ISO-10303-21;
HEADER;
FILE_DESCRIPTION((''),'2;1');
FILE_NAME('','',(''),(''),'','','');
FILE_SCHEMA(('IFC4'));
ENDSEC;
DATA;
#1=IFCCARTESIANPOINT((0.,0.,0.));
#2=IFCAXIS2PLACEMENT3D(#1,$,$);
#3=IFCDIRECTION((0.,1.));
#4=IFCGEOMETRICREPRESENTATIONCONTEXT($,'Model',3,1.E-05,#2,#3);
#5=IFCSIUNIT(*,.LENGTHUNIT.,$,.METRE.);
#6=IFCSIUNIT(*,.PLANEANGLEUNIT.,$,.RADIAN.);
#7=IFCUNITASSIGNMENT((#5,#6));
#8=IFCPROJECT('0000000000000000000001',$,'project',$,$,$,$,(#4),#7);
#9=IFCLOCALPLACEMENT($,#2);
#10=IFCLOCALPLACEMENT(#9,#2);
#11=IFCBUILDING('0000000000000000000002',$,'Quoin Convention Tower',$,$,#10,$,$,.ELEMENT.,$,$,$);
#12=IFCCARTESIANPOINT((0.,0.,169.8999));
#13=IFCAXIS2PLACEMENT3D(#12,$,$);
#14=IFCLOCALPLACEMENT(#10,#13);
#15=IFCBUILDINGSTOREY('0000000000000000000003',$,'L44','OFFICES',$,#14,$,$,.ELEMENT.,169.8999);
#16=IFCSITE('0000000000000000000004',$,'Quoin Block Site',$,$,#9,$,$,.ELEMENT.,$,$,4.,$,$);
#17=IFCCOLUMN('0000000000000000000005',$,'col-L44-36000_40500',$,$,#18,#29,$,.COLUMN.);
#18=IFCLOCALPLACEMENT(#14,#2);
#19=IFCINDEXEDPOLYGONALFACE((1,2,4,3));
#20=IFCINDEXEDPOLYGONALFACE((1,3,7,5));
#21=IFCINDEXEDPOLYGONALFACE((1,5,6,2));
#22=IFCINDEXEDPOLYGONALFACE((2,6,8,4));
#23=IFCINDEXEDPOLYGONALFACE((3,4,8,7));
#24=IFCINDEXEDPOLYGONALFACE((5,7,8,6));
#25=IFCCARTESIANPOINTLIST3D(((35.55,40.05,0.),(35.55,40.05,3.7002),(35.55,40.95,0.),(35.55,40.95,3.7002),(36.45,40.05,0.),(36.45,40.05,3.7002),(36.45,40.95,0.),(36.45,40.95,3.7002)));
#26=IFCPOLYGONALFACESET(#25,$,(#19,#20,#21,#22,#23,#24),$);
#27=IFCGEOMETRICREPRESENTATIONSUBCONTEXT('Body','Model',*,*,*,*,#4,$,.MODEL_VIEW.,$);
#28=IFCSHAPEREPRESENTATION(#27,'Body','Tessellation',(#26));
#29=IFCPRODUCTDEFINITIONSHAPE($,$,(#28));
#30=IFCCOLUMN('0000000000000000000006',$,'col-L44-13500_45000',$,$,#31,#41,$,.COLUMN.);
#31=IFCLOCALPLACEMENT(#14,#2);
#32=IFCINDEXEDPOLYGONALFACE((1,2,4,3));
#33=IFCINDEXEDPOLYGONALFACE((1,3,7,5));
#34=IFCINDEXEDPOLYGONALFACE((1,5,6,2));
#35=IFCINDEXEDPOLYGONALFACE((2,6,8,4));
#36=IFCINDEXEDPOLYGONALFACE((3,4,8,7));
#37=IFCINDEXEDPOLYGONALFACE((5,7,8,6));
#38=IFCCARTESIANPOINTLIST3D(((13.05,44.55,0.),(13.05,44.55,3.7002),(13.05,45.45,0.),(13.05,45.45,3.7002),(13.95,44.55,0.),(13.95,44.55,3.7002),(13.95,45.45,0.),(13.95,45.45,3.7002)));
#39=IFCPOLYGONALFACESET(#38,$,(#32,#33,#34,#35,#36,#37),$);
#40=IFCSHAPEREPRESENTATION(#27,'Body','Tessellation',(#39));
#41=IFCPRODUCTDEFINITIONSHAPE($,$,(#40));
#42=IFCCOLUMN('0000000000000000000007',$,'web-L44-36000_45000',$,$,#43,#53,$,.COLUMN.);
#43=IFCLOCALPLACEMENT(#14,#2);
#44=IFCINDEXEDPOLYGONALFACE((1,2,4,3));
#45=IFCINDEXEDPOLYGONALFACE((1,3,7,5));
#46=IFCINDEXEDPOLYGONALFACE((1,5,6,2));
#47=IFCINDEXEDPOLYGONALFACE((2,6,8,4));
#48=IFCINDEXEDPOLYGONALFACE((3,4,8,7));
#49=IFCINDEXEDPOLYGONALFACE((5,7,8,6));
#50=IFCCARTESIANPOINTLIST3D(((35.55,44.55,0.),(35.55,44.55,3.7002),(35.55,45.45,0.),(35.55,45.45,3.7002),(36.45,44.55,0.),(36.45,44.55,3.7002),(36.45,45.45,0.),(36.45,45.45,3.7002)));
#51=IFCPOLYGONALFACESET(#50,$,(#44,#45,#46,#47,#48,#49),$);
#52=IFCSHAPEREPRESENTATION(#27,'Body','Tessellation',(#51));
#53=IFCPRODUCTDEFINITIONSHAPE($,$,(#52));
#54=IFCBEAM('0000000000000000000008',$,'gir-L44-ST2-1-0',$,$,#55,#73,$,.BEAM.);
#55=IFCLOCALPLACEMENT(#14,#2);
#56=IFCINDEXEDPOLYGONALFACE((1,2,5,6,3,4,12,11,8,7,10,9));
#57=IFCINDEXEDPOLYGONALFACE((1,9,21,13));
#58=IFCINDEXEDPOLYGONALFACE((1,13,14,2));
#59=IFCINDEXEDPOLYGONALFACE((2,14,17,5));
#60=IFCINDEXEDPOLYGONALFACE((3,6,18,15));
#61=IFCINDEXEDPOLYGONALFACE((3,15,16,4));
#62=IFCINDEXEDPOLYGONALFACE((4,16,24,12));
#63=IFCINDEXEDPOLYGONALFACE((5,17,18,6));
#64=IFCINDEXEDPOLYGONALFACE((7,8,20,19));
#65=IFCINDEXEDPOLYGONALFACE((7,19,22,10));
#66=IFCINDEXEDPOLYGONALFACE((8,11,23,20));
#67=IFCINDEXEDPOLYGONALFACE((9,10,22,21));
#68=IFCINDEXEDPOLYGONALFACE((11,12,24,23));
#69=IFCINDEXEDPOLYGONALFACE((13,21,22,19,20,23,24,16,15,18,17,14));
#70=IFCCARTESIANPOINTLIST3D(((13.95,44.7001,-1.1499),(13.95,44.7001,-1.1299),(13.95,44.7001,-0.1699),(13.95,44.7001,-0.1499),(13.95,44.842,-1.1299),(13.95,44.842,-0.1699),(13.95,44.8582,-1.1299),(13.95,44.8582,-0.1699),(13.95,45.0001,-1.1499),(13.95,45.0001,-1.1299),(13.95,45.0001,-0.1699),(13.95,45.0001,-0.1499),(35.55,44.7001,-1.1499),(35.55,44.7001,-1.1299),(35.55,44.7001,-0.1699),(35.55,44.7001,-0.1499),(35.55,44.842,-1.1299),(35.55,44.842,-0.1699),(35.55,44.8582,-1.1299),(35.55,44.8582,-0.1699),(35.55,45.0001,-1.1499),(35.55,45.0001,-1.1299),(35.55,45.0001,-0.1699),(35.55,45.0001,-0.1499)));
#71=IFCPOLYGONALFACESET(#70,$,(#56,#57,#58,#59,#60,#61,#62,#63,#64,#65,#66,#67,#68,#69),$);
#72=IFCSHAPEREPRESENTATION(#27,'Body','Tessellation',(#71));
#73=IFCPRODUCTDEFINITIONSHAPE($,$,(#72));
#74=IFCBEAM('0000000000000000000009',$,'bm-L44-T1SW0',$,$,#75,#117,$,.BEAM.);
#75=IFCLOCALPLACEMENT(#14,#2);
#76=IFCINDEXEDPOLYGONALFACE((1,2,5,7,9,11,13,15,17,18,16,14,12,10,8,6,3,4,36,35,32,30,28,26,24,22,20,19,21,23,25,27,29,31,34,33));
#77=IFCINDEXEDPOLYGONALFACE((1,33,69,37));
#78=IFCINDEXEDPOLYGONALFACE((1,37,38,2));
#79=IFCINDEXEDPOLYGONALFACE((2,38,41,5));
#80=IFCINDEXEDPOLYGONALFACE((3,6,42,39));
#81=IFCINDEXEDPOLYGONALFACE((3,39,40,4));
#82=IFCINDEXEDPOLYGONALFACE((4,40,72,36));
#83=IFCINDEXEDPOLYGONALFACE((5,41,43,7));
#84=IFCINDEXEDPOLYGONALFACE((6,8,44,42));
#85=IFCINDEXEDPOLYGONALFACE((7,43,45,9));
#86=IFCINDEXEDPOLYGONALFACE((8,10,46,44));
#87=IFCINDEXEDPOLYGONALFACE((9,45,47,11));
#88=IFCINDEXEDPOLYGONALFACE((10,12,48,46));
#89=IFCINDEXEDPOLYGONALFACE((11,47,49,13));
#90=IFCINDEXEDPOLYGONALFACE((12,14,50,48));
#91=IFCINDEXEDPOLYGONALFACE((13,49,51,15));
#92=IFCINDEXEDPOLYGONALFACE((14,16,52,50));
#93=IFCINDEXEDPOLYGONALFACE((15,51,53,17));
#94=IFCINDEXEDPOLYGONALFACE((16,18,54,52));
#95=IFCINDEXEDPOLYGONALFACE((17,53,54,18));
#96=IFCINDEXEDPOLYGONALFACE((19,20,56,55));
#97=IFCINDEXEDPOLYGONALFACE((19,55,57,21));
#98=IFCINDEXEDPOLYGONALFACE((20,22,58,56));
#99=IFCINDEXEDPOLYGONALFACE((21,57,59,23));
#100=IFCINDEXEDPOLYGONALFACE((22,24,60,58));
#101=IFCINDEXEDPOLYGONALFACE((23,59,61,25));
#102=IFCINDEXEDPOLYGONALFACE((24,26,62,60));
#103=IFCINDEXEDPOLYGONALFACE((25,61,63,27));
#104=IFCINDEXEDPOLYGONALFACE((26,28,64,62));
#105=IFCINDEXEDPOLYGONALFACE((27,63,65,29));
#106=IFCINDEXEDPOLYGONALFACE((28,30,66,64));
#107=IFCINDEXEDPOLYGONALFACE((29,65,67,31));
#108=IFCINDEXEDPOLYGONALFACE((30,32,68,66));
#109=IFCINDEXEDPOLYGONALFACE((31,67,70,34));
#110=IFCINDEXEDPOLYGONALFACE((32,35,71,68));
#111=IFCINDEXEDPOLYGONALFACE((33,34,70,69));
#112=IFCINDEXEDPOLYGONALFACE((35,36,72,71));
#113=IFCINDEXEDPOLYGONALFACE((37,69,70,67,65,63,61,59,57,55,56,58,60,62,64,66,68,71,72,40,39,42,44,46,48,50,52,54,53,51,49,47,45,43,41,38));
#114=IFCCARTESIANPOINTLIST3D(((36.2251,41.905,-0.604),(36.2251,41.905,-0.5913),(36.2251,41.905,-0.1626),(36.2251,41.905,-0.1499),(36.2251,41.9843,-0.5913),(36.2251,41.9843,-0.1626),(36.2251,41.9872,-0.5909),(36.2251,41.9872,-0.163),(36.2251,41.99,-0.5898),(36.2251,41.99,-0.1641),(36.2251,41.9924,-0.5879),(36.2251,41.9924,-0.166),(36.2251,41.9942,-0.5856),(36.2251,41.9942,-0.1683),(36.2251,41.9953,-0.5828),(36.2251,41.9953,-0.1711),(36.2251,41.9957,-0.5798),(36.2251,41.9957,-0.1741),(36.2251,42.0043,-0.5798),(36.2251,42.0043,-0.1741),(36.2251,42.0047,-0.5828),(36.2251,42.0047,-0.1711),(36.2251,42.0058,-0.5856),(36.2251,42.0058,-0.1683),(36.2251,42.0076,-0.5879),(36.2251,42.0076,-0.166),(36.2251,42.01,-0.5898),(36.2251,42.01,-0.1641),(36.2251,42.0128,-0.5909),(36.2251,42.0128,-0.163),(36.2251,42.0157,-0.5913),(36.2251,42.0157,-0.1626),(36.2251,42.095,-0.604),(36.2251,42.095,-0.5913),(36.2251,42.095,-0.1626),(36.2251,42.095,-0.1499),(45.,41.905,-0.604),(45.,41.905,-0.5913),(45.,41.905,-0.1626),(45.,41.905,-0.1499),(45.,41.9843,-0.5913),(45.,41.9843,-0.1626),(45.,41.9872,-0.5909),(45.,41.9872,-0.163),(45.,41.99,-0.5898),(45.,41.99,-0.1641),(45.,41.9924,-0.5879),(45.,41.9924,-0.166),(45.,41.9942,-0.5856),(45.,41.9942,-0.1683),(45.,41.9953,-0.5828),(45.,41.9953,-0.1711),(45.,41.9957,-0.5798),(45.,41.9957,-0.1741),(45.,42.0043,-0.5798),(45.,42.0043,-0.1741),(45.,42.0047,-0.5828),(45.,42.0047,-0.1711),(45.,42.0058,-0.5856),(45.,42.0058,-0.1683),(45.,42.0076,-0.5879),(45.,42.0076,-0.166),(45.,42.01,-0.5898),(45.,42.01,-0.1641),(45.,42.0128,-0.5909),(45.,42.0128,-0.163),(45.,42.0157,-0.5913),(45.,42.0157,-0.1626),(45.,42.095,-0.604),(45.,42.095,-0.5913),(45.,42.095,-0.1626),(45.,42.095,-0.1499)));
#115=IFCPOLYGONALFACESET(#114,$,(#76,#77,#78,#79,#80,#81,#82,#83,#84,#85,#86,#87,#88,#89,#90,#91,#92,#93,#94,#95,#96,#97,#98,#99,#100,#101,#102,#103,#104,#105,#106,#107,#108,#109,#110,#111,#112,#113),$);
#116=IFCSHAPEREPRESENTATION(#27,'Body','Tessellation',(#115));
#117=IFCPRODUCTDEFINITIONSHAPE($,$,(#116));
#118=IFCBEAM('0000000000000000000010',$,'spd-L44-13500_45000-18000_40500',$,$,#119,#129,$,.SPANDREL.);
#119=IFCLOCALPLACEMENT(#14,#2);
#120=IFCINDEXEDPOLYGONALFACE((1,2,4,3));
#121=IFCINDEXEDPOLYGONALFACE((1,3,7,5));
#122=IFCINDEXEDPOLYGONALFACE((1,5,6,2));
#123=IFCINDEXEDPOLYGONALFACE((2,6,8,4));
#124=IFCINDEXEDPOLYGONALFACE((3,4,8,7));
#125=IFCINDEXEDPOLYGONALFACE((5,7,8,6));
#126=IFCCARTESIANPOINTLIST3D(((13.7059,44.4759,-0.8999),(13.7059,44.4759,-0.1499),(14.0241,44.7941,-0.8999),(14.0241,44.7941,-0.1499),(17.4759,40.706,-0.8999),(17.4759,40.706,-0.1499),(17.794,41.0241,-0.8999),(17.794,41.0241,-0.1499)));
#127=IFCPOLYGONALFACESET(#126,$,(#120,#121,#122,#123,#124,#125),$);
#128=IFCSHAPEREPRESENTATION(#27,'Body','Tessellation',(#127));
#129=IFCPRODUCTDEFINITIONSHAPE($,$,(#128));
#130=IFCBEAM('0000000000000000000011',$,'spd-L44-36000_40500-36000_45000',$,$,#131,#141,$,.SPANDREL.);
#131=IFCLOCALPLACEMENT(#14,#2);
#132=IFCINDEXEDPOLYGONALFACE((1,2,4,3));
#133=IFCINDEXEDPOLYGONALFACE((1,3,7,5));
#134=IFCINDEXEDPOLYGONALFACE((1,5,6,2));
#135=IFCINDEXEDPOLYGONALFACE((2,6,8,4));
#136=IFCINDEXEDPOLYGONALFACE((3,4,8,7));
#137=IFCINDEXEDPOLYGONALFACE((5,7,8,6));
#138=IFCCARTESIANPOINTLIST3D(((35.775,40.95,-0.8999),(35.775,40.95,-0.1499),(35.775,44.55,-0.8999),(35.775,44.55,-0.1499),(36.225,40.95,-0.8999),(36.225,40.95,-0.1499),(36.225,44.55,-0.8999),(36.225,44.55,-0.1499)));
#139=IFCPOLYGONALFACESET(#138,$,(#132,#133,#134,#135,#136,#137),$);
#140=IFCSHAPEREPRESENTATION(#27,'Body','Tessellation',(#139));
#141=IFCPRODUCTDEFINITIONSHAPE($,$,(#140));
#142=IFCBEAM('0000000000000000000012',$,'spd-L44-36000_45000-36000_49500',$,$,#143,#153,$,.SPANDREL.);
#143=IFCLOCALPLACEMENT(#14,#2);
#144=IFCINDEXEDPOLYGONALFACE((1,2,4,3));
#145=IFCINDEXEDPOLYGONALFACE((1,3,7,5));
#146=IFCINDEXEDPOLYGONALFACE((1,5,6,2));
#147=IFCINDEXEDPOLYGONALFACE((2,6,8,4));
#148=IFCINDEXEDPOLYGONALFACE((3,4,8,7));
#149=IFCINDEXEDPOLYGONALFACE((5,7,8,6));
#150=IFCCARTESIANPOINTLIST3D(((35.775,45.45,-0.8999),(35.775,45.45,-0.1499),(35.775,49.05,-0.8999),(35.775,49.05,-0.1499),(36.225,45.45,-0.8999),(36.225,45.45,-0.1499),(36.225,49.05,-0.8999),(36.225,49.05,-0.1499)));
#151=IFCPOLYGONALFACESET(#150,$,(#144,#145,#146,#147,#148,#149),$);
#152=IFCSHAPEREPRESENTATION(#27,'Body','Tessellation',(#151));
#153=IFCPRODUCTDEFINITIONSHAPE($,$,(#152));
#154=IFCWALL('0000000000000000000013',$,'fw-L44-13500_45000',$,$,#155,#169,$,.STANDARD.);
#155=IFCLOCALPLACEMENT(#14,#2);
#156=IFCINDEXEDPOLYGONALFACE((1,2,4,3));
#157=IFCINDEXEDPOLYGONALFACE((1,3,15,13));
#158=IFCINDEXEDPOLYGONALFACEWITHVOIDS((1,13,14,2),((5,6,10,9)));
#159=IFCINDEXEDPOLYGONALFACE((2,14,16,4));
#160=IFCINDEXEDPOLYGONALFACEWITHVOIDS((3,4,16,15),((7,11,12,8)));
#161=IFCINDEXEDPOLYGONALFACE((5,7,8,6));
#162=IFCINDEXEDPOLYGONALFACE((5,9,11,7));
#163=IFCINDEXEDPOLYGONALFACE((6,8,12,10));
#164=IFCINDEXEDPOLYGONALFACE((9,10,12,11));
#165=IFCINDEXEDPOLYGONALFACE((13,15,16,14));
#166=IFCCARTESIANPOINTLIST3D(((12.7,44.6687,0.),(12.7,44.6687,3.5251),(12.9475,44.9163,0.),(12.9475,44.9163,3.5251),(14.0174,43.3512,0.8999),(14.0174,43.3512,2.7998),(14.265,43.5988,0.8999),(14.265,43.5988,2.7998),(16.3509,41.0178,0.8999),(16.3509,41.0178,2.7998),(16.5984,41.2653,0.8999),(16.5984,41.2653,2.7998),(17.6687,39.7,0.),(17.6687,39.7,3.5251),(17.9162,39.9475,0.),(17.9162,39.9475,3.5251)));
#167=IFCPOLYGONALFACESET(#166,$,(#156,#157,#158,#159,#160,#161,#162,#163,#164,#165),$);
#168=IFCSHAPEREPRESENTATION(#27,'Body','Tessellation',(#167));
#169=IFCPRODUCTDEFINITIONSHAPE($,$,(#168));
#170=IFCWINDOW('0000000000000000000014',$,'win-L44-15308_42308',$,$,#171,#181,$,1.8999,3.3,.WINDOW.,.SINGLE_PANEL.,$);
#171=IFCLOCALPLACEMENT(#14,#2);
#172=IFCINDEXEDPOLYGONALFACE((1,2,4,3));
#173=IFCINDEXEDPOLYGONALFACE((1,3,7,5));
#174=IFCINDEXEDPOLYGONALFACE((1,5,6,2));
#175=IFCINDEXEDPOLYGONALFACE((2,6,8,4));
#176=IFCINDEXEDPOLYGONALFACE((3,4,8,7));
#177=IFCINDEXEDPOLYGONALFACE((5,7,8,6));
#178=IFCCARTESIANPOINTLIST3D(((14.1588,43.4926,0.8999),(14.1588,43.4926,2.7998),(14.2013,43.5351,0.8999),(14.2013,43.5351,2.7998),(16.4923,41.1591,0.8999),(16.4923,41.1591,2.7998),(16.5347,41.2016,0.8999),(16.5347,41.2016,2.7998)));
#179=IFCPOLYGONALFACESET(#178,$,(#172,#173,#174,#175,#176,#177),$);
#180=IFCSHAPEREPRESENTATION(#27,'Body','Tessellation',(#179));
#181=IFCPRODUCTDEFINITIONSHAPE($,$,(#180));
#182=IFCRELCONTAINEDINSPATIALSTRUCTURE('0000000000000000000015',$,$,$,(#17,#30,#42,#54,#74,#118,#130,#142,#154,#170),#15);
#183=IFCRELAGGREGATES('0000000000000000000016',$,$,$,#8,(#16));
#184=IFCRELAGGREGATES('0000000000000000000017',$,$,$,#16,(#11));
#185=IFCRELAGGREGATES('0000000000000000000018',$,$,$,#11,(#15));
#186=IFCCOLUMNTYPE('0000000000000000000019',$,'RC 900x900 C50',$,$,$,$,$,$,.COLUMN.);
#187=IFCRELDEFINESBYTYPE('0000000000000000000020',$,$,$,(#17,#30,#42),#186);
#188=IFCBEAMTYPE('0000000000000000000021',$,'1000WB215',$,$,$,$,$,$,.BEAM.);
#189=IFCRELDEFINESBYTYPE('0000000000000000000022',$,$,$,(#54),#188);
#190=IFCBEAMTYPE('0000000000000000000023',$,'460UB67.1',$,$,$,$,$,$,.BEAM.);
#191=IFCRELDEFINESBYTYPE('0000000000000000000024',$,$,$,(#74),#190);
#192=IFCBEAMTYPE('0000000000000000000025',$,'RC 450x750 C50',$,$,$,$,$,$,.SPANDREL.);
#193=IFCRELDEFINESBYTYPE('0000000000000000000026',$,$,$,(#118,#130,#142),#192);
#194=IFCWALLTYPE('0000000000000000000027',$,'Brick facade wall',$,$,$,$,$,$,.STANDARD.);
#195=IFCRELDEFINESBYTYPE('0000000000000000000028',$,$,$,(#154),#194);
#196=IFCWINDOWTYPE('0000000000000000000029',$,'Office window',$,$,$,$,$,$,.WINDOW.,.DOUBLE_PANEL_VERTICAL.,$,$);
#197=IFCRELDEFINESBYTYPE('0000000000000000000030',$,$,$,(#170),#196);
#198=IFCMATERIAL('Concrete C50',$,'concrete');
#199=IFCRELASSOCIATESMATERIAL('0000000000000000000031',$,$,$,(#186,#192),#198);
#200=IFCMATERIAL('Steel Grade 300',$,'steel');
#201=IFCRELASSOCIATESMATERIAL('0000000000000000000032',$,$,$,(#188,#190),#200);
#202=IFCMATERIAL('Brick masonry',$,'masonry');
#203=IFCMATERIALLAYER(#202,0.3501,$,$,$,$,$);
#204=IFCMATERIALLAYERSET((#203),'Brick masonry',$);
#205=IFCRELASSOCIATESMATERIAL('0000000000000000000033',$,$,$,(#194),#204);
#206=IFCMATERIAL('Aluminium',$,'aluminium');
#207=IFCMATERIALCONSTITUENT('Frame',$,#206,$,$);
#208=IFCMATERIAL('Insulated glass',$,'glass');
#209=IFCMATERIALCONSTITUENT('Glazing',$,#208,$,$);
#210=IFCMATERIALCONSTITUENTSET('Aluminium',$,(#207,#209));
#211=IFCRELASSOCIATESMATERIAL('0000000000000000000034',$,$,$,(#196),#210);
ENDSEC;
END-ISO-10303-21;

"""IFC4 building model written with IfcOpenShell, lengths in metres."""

from ifc_helpers import new_model, si_unit, direction, frame, frame_2d, origin, origin_2d, place, context, subcontext, project, spatial, rectangle, i_section, extrude, material, layer, layer_set, constituent, constituent_set, material_profile, profile_set, type_object, element, fill, save


model = new_model("IFC4")

# Units and contexts
model_context = context("Model", 3, precision=1e-05, world=origin(), true_north=direction((0.0, 1.0)))
body_context = subcontext(model_context, "Body", "Model", "MODEL_VIEW")
ifc_project = project(units=[si_unit("LENGTHUNIT", "METRE"), si_unit("PLANEANGLEUNIT", "RADIAN")], contexts=[model_context])

# Site, building, storey
site_placement = place(None, origin())
site = spatial("IfcSite", under=ifc_project, at=site_placement, Name="Quoin Block Site", CompositionType="ELEMENT", RefElevation=4.0)
building_placement = place(site_placement, origin())
building = spatial("IfcBuilding", under=site, at=building_placement, Name="Quoin Convention Tower", CompositionType="ELEMENT")
storey_placement = place(building_placement, frame((0.0, 0.0, 169.8999)))
storey = spatial("IfcBuildingStorey", under=building, at=storey_placement, Name="L44", Description="OFFICES", CompositionType="ELEMENT", Elevation=169.8999)

# Columns
ifc_material_1 = material(Name="Concrete C50", Category="concrete")
ifc_material_profile_1 = material_profile(ifc_material_1, rectangle(XDim=0.8999, YDim=0.8999, at=origin_2d()), Name="RC 900x900")
ifc_profile_set_1 = profile_set([ifc_material_profile_1], Name="Concrete C50")
column_type = type_object("IfcColumnType", Name="RC 900x900 C50", PredefinedType="COLUMN", material=ifc_profile_set_1)
for number, where, z_axis, x_axis, name in (
    (1, (36.0, 40.5, 0.0), (0.0, 0.0, 1.0), (1.0, 0.0, 0.0), "col-L44-36000_40500"),
    (2, (13.5, 45.0, 0.0), (0.0, 0.0, 1.0), (1.0, 0.0, 0.0), "col-L44-13500_45000"),
    (3, (36.0, 45.0, 0.0), (0.0, 0.0, 1.0), (1.0, 0.0, 0.0), "web-L44-36000_45000"),
):
    element("IfcColumn", number, at=place(storey_placement, frame(where, z_axis=z_axis, x_axis=x_axis)), inside=storey, type_object=column_type, Name=name, PredefinedType="COLUMN", context=body_context, shape_type="SweptSolid", body=[
        extrude(rectangle(XDim=0.8999, YDim=0.8999, at=origin_2d()), origin(), (0.0, 0.0, 1.0), 3.7002),
    ])

# Beams
ifc_material_2 = material(Name="Steel Grade 300", Category="steel")
ifc_material_profile_2 = material_profile(ifc_material_2, i_section(OverallWidth=0.3, OverallDepth=1.0, WebThickness=0.0161, FlangeThickness=0.02, at=origin_2d()), Name="1000WB215")
ifc_profile_set_2 = profile_set([ifc_material_profile_2], Name="Steel Grade 300")
beam_type_1 = type_object("IfcBeamType", Name="1000WB215", PredefinedType="BEAM", material=ifc_profile_set_2)
beam_1_placement = place(storey_placement, frame((13.95, 44.8501, -0.6499), z_axis=(1.0, 0.0, 0.0), x_axis=(0.0, 1.0, 0.0)))
element("IfcBeam", 4, at=beam_1_placement, inside=storey, type_object=beam_type_1, Name="gir-L44-ST2-1-0", PredefinedType="BEAM", context=body_context, shape_type="SweptSolid", body=[
    extrude(i_section(OverallWidth=0.3, OverallDepth=1.0, WebThickness=0.0161, FlangeThickness=0.02, at=origin_2d()), origin(), (0.0, 0.0, 1.0), 21.6001),
])
ifc_material_profile_3 = material_profile(ifc_material_2, i_section(OverallWidth=0.1899, OverallDepth=0.4541, WebThickness=0.0085, FlangeThickness=0.0127, FilletRadius=0.0115, at=origin_2d()), Name="460UB67.1")
ifc_profile_set_3 = profile_set([ifc_material_profile_3], Name="Steel Grade 300")
beam_type_2 = type_object("IfcBeamType", Name="460UB67.1", PredefinedType="BEAM", material=ifc_profile_set_3)
beam_2_placement = place(storey_placement, frame((36.2251, 42.0, -0.377), z_axis=(1.0, 0.0, 0.0), x_axis=(0.0, 1.0, 0.0)))
element("IfcBeam", 5, at=beam_2_placement, inside=storey, type_object=beam_type_2, Name="bm-L44-T1SW0", PredefinedType="BEAM", context=body_context, shape_type="SweptSolid", body=[
    extrude(i_section(OverallWidth=0.1899, OverallDepth=0.4541, WebThickness=0.0085, FlangeThickness=0.0127, FilletRadius=0.0115, at=origin_2d()), origin(), (0.0, 0.0, 1.0), 8.7749),
])
ifc_material_profile_4 = material_profile(ifc_material_1, rectangle(XDim=0.45, YDim=0.75, at=origin_2d()), Name="RC 450x750")
ifc_profile_set_4 = profile_set([ifc_material_profile_4], Name="Concrete C50")
beam_type_3 = type_object("IfcBeamType", Name="RC 450x750 C50", PredefinedType="SPANDREL", material=ifc_profile_set_4)
beam_3_placement = place(storey_placement, frame((13.865, 44.635, -0.5249), z_axis=(0.707107, -0.707107, 0.0), x_axis=(0.707107, 0.707107, 0.0)))
element("IfcBeam", 6, at=beam_3_placement, inside=storey, type_object=beam_type_3, Name="spd-L44-13500_45000-18000_40500", PredefinedType="SPANDREL", context=body_context, shape_type="SweptSolid", body=[
    extrude(rectangle(XDim=0.45, YDim=0.75, at=origin_2d()), origin(), (0.0, 0.0, 1.0), 5.3315),
])
for number, where, z_axis, x_axis, name in (
    (7, (36.0, 40.95, -0.5249), (0.0, 1.0, 0.0), (-1.0, 0.0, 0.0), "spd-L44-36000_40500-36000_45000"),
    (8, (36.0, 45.45, -0.5249), (0.0, 1.0, 0.0), (-1.0, 0.0, 0.0), "spd-L44-36000_45000-36000_49500"),
):
    element("IfcBeam", number, at=place(storey_placement, frame(where, z_axis=z_axis, x_axis=x_axis)), inside=storey, type_object=beam_type_3, Name=name, PredefinedType="SPANDREL", context=body_context, shape_type="SweptSolid", body=[
        extrude(rectangle(XDim=0.45, YDim=0.75, at=origin_2d()), origin(), (0.0, 0.0, 1.0), 3.6001),
    ])

# Wall, opening, window
ifc_material_3 = material(Name="Brick masonry", Category="masonry")
ifc_layer_1 = layer(ifc_material_3, 0.3501)
ifc_layer_set_1 = layer_set([ifc_layer_1], Name="Brick masonry")
wall_type_1 = type_object("IfcWallType", Name="Brick facade wall", PredefinedType="STANDARD", material=ifc_layer_set_1)
wall_1_placement = place(storey_placement, frame((12.8237, 44.7925, 0.0), z_axis=(0.0, 0.0, 1.0), x_axis=(0.707107, -0.707107, 0.0)))
wall_1 = element("IfcWall", 9, at=wall_1_placement, inside=storey, type_object=wall_type_1, Name="fw-L44-13500_45000", PredefinedType="STANDARD", context=body_context, shape_type="SweptSolid", body=[
    extrude(rectangle(XDim=7.0269, YDim=0.3501, at=frame_2d((3.5134, 0.0))), origin(), (0.0, 0.0, 1.0), 3.5251),
])
opening_1_placement = place(wall_1_placement, frame((1.8633, 0.0, 0.8999)))
opening_1 = element("IfcOpeningElement", 10, at=opening_1_placement, cuts=wall_1, PredefinedType="OPENING", context=body_context, shape_type="SweptSolid", body=[
    extrude(rectangle(XDim=3.3, YDim=1.8999, at=frame_2d((1.6499, 0.95))), frame((0.0, 0.1851, 0.0), z_axis=(0.0, -1.0, 0.0), x_axis=(1.0, 0.0, 0.0)), (0.0, 0.0, 1.0), 0.3701),
])
ifc_material_4 = material(Name="Aluminium", Category="aluminium")
ifc_constituent_1 = constituent(ifc_material_4, Name="Frame")
ifc_material_5 = material(Name="Insulated glass", Category="glass")
ifc_constituent_2 = constituent(ifc_material_5, Name="Glazing")
ifc_constituent_set = constituent_set(constituents=[ifc_constituent_1, ifc_constituent_2], Name="Aluminium")
window_type = type_object("IfcWindowType", Name="Office window", PartitioningType="DOUBLE_PANEL_VERTICAL", PredefinedType="WINDOW", material=ifc_constituent_set)
window_placement = place(opening_1_placement, origin())
window = element("IfcWindow", 11, at=window_placement, inside=storey, type_object=window_type, Name="win-L44-15308_42308", OverallHeight=1.8999, OverallWidth=3.3, PartitioningType="SINGLE_PANEL", PredefinedType="WINDOW", context=body_context, shape_type="SweptSolid", body=[
    extrude(rectangle(XDim=3.3, YDim=1.8999, at=frame_2d((1.6499, 0.95))), frame((0.0, 0.085, 0.0), z_axis=(0.0, -1.0, 0.0), x_axis=(1.0, 0.0, 0.0)), (0.0, 0.0, 1.0), 0.0601),
])
fill(opening_1, window)

save(model, "model.ifc")
